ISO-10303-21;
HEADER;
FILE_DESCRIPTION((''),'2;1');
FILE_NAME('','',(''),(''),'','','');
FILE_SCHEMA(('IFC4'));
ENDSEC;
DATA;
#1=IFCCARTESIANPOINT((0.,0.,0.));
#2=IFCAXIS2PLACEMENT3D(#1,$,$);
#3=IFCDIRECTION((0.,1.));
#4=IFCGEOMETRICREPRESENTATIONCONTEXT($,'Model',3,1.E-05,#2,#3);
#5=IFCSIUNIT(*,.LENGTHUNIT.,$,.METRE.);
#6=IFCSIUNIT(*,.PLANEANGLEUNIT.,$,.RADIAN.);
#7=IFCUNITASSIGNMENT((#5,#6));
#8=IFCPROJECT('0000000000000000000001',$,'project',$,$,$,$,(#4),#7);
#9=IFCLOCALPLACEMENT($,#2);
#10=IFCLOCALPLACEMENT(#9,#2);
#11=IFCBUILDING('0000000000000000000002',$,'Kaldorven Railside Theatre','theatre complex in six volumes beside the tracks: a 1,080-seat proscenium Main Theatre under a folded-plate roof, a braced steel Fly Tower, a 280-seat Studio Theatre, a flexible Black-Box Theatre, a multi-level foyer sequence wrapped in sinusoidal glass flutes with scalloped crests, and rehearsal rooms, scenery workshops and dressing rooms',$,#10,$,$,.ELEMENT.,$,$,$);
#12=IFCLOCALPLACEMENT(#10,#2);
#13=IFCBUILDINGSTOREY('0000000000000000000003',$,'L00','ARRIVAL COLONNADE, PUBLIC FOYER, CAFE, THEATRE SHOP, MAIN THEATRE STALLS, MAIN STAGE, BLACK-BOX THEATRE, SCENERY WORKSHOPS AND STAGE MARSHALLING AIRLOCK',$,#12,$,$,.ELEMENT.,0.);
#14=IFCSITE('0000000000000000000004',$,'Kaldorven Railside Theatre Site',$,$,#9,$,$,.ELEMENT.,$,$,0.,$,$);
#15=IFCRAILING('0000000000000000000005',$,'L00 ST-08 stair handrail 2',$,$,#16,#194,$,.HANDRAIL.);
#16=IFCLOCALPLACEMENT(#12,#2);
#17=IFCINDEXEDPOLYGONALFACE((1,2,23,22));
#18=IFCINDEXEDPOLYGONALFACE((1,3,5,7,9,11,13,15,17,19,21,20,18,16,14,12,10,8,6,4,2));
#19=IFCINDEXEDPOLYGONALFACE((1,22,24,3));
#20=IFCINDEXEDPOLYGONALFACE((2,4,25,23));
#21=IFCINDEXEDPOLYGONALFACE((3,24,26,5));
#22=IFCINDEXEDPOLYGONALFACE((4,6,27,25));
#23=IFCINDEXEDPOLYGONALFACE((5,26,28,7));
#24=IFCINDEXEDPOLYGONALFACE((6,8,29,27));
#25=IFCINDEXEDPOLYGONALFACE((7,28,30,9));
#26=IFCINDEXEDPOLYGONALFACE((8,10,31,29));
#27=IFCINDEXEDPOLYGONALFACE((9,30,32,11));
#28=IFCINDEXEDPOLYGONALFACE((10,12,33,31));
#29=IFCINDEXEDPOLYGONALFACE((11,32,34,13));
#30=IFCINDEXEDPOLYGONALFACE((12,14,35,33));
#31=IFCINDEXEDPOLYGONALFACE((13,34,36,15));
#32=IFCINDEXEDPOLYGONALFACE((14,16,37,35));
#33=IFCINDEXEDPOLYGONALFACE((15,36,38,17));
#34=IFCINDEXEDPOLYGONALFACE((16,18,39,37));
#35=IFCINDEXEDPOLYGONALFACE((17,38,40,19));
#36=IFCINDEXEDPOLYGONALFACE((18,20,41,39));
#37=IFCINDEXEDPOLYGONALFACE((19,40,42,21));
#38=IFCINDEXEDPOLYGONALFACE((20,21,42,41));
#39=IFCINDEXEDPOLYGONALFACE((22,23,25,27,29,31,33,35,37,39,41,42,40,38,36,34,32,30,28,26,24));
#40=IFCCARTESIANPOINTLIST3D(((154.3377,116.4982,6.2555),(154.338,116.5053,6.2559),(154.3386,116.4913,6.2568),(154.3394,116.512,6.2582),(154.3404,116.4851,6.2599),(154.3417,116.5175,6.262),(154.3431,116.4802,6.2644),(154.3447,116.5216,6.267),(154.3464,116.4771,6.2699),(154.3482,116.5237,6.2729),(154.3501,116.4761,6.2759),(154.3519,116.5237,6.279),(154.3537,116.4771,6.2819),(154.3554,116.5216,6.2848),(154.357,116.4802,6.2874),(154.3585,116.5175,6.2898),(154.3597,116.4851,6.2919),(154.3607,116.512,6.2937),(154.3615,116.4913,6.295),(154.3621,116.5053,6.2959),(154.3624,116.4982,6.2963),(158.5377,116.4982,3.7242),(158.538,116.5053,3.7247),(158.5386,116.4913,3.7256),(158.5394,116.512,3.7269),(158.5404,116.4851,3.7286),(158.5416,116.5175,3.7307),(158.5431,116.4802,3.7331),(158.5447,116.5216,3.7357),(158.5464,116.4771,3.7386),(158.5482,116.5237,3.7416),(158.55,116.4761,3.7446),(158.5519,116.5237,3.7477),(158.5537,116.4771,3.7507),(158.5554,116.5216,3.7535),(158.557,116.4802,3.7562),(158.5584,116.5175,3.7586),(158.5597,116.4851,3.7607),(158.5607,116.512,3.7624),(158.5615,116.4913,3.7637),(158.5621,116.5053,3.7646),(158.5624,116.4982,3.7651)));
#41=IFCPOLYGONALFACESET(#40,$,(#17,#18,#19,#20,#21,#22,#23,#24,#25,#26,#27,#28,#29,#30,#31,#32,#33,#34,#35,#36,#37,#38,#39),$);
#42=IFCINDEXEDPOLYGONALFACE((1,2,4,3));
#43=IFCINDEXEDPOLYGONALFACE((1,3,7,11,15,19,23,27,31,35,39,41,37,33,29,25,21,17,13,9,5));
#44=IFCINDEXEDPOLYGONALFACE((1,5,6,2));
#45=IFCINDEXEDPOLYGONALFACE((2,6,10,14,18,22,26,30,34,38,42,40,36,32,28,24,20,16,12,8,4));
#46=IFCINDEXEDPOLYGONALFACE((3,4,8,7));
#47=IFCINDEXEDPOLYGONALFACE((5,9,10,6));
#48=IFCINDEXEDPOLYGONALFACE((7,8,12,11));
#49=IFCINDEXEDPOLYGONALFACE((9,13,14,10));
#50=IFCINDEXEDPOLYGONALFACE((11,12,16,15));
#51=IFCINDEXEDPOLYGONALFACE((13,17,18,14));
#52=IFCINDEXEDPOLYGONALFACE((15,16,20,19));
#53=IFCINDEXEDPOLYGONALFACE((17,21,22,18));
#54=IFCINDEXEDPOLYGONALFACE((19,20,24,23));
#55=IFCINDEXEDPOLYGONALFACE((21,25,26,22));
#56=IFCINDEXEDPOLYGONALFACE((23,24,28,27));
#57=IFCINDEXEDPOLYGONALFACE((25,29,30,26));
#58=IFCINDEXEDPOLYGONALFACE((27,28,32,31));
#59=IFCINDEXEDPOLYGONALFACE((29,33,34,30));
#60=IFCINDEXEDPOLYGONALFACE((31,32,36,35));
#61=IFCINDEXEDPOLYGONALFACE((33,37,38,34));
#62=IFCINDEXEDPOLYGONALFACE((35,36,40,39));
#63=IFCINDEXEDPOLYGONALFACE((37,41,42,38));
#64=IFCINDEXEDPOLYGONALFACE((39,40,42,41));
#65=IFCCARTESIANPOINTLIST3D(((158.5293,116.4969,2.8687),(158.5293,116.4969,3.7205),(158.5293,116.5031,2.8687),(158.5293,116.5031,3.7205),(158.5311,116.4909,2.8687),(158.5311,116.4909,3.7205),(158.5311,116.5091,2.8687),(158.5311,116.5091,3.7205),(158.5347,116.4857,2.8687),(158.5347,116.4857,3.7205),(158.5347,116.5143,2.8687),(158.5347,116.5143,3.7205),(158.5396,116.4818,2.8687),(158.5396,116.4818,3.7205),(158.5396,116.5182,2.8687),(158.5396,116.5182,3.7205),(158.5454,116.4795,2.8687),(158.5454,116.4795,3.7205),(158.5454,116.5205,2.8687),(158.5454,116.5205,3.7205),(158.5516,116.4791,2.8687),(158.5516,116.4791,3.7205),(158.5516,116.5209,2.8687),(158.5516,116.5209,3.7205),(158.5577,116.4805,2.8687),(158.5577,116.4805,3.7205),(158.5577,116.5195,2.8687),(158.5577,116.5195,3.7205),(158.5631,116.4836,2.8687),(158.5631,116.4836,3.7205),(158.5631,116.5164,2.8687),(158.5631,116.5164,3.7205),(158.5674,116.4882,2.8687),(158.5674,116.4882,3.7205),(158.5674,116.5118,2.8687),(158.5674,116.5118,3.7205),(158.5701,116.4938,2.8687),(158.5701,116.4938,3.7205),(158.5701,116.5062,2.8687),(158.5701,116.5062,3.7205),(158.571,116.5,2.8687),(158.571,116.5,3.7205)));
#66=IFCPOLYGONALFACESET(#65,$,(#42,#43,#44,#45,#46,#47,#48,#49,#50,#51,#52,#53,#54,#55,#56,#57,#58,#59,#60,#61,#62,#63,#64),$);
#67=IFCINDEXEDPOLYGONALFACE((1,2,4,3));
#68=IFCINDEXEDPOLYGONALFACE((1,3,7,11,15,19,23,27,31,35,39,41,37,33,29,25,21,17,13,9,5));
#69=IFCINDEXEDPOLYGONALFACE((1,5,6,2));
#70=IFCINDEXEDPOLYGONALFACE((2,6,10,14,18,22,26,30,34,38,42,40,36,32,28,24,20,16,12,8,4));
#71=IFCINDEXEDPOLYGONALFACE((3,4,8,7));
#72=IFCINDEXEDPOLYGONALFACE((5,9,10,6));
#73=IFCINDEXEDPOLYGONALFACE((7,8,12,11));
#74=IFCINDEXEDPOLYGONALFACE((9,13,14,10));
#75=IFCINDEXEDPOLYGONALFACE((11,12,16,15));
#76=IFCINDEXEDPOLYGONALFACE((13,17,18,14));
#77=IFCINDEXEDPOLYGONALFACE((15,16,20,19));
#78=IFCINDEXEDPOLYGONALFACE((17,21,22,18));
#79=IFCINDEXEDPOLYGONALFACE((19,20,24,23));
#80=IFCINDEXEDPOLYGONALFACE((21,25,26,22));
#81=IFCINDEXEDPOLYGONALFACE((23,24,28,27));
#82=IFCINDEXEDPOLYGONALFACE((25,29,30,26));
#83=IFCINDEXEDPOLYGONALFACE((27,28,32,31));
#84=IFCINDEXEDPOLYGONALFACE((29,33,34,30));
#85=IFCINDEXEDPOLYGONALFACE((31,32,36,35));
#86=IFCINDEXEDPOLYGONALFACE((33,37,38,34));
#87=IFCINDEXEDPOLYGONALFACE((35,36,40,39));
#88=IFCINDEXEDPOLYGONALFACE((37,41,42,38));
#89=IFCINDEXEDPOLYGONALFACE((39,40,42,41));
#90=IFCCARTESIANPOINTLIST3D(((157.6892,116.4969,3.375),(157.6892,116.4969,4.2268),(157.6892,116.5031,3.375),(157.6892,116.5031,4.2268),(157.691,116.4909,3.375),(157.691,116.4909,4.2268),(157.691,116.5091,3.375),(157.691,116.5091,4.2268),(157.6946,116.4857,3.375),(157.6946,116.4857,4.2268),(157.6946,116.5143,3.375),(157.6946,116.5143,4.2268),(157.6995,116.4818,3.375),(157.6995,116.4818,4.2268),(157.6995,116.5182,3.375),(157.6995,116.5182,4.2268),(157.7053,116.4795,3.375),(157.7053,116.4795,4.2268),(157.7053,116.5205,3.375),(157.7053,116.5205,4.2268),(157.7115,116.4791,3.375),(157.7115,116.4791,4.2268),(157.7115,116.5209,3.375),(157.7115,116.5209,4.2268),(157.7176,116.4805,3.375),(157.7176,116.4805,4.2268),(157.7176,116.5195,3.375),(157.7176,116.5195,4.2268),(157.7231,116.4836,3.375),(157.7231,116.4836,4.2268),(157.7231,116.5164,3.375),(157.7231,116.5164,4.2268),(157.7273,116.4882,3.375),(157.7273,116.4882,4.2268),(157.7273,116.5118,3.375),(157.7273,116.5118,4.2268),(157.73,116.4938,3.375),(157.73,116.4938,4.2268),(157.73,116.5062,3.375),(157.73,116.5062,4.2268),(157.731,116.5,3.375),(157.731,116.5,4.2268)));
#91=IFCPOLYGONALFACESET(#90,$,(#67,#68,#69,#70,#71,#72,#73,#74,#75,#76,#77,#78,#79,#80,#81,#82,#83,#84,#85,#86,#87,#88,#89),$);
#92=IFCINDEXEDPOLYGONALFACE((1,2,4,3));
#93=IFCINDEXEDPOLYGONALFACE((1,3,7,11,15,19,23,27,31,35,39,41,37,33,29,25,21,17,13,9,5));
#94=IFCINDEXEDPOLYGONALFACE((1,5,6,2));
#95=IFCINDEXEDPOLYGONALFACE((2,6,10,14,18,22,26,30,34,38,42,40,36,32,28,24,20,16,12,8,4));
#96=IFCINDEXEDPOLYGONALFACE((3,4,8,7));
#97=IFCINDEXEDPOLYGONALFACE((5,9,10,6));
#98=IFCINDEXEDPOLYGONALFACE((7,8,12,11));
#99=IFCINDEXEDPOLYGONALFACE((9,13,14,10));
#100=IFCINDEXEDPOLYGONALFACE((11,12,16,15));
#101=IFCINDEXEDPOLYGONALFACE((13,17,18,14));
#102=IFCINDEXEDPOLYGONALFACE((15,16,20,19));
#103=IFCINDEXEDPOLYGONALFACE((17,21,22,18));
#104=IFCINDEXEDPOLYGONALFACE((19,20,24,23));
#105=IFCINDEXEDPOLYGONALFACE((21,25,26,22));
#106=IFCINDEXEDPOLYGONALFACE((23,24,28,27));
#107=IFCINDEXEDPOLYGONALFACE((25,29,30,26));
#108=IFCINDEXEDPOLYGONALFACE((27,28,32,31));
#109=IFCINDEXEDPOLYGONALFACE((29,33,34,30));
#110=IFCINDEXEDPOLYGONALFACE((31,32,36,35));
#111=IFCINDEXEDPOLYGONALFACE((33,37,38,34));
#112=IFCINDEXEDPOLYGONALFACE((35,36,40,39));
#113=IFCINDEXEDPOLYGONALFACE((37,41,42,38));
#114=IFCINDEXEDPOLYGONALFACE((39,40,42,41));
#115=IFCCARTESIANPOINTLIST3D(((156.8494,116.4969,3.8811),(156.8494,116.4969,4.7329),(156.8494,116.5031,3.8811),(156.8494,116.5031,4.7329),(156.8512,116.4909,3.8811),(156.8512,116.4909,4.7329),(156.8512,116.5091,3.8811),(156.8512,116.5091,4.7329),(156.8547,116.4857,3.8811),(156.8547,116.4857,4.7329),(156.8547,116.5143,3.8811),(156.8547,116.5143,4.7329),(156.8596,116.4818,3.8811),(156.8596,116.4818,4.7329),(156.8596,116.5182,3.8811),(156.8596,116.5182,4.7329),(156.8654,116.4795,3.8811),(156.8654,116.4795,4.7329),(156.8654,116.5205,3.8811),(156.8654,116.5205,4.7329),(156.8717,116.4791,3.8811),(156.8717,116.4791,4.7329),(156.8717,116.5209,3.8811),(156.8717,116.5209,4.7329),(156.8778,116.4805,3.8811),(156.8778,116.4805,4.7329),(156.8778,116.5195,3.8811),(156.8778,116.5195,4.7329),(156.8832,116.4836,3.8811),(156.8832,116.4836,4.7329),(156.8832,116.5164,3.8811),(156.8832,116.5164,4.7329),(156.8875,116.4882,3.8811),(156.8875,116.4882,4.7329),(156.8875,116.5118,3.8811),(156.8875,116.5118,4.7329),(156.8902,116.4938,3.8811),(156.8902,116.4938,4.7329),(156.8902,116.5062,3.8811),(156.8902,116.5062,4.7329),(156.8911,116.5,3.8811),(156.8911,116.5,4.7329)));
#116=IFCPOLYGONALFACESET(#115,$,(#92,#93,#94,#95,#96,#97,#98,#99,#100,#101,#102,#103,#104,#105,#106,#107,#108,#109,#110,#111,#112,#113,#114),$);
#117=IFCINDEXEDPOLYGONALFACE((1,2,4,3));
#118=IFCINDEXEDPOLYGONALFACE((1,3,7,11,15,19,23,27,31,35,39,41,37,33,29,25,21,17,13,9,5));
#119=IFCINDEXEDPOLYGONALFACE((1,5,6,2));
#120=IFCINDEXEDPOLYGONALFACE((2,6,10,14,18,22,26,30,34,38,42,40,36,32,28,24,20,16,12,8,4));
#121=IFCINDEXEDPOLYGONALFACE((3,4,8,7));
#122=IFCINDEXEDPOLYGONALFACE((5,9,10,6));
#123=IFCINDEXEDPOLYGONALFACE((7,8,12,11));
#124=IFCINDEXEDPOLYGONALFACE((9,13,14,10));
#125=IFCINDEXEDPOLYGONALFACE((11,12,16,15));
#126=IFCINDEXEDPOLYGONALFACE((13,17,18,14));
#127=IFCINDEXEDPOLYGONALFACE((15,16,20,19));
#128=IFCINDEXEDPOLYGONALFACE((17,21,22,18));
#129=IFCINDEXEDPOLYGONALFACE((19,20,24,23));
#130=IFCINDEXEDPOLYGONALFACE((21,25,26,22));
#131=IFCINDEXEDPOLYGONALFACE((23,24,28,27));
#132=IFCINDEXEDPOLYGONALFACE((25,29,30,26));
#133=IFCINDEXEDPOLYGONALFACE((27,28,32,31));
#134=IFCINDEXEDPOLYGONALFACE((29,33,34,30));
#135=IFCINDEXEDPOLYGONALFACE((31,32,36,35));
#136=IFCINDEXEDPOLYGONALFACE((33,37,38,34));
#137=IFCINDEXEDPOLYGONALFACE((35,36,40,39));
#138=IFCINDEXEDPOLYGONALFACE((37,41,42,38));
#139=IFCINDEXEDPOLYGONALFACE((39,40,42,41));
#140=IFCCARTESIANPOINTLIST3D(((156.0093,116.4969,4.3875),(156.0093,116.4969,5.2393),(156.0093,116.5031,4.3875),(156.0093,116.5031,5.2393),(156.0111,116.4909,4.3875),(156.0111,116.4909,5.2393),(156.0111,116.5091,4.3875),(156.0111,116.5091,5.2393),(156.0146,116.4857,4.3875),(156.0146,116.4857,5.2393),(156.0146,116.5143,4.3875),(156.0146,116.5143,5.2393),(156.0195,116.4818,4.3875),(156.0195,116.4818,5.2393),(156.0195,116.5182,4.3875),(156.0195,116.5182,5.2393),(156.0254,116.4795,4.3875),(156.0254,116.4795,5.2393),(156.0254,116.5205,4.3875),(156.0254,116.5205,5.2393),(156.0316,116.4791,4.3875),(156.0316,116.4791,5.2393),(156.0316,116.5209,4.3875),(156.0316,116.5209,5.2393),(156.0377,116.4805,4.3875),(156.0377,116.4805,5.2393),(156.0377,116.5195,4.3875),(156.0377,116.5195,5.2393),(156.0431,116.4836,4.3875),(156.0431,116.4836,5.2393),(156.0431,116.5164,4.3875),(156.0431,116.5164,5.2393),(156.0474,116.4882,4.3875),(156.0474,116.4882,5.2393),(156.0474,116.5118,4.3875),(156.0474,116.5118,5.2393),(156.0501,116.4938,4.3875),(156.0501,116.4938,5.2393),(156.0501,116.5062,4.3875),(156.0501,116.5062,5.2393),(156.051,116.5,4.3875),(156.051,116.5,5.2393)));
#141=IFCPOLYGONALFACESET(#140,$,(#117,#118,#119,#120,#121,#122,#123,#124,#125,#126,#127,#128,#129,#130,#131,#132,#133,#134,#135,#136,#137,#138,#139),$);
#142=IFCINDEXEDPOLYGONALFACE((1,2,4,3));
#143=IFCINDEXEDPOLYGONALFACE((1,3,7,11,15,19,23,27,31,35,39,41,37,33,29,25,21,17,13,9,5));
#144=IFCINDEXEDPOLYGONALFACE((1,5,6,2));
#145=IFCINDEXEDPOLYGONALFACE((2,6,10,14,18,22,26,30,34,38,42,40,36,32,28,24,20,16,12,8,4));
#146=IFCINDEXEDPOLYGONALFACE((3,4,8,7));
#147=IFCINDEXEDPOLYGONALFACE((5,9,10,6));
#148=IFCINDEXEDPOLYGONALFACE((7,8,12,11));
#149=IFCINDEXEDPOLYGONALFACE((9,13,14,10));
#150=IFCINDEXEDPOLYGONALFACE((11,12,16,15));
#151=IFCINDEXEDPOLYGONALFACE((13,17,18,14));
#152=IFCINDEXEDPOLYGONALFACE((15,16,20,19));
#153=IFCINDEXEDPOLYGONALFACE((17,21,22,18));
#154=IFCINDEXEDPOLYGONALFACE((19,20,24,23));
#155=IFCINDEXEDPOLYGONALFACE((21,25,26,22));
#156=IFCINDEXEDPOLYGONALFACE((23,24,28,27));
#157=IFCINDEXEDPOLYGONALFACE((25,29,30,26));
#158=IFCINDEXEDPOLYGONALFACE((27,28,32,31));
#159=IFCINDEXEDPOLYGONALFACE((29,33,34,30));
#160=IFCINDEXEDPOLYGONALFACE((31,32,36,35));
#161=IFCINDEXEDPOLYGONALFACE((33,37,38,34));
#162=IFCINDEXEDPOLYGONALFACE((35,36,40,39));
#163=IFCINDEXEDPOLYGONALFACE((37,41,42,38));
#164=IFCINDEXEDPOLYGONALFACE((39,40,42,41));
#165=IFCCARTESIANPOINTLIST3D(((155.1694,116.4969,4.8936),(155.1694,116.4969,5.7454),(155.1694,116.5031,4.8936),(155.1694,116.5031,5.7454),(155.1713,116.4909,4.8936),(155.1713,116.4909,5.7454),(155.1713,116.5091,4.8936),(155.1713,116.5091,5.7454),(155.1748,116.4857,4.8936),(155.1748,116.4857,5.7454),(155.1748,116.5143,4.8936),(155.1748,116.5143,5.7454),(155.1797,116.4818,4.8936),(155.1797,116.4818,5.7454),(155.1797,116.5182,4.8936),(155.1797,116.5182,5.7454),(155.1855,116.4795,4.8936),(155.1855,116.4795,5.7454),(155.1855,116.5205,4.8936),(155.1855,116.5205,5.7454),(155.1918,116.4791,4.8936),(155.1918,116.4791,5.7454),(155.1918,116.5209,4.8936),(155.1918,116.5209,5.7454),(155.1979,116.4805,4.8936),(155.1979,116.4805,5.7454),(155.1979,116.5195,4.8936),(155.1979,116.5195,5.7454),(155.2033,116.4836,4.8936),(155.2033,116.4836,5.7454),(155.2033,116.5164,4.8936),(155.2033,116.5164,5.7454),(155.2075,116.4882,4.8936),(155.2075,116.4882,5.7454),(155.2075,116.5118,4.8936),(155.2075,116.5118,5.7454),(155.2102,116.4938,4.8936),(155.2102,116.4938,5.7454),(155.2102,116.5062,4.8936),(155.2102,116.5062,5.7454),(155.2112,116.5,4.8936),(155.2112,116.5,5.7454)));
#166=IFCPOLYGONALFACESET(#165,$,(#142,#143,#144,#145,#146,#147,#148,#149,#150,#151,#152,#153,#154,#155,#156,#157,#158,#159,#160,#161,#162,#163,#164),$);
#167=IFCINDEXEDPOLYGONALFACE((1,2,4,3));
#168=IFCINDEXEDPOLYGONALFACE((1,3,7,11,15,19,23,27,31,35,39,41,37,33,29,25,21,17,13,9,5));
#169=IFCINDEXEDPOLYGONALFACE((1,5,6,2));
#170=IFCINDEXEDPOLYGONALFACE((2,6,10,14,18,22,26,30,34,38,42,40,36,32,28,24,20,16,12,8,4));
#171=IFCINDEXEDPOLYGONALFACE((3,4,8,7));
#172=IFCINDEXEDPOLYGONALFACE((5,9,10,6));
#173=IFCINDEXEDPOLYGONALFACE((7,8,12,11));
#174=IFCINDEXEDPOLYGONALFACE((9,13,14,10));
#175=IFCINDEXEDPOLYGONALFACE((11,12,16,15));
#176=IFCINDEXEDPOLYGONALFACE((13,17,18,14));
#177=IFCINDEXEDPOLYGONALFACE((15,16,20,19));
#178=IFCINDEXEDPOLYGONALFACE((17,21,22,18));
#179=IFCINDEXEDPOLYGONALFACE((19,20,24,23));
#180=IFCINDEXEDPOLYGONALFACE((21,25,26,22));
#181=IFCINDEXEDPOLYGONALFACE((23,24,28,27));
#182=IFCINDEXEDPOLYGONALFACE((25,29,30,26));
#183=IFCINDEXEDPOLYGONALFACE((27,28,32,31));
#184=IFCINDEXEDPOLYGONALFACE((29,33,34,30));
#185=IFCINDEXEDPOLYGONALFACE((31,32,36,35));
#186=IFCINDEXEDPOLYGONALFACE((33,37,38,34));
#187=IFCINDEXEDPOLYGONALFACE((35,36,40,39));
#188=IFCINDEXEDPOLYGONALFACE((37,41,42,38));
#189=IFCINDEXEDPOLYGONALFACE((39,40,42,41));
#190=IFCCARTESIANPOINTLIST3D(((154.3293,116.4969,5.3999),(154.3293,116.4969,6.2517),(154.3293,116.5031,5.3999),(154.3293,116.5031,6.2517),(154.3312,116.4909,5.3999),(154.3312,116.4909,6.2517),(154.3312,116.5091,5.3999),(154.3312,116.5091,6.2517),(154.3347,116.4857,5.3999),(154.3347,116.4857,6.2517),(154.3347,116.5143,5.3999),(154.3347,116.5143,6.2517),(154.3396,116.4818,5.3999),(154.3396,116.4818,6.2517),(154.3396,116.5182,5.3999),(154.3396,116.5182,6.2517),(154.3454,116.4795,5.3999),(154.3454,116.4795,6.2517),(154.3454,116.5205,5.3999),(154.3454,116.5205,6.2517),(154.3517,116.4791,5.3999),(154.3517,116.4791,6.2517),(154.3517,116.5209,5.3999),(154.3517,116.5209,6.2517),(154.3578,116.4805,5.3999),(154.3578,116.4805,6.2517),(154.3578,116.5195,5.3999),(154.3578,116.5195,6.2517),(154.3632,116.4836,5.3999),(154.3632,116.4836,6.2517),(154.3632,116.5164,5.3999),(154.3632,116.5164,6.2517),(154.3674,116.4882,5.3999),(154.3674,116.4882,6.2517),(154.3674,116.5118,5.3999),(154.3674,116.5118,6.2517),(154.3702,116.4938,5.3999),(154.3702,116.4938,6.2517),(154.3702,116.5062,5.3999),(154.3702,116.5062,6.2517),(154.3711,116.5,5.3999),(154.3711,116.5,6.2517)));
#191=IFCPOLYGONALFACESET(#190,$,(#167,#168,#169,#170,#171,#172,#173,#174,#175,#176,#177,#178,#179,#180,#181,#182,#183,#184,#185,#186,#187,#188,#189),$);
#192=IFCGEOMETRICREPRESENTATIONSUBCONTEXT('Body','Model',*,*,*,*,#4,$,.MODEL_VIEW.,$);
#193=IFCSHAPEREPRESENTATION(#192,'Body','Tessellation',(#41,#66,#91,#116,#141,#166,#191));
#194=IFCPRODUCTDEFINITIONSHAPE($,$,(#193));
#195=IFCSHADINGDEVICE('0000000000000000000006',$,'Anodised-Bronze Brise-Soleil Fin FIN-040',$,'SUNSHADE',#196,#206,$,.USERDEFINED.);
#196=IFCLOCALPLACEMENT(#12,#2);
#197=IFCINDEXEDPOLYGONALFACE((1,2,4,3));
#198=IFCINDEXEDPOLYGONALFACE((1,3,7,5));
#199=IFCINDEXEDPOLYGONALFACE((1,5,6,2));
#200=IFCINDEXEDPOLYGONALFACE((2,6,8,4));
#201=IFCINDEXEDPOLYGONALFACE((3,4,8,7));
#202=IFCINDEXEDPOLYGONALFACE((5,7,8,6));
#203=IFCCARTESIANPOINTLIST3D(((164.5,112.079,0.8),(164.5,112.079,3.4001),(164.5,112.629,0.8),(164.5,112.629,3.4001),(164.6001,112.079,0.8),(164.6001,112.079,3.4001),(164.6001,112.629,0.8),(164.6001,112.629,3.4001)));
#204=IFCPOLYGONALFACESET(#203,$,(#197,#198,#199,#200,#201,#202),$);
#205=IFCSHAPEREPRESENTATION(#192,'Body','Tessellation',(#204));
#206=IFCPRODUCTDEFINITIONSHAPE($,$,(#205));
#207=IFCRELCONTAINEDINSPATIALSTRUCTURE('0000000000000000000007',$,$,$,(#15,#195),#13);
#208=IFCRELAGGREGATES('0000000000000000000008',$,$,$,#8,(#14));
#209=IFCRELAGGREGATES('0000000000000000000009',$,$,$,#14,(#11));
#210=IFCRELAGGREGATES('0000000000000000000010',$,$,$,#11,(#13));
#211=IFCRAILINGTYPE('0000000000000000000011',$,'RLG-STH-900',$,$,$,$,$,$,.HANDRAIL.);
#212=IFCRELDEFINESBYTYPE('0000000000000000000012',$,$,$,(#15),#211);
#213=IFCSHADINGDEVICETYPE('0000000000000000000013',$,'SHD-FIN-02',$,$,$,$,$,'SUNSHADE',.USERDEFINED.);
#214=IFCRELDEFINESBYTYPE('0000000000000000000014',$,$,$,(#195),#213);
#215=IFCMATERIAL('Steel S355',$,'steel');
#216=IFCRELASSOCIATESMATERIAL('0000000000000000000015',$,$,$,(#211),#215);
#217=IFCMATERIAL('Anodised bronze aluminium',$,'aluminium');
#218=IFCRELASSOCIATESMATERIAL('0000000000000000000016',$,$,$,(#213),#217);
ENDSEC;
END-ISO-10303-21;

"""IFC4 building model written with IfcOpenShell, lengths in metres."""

from ifc_helpers import new_model, si_unit, direction, frame, origin, origin_2d, place, context, subcontext, project, spatial, rectangle, circle, extrude, material, type_object, element, save


model = new_model("IFC4")

# Units and contexts
model_context = context("Model", 3, precision=1e-05, world=origin(), true_north=direction((0.0, 1.0)))
body_context = subcontext(model_context, "Body", "Model", "MODEL_VIEW")
ifc_project = project(units=[si_unit("LENGTHUNIT", "METRE"), si_unit("PLANEANGLEUNIT", "RADIAN")], contexts=[model_context])

# Site, building, storey
site_placement = place(None, origin())
site = spatial("IfcSite", under=ifc_project, at=site_placement, Name="Kaldorven Railside Theatre Site", CompositionType="ELEMENT", RefElevation=0.0)
building_placement = place(site_placement, origin())
building = spatial("IfcBuilding", under=site, at=building_placement, Name="Kaldorven Railside Theatre", Description="theatre complex in six volumes beside the tracks: a 1,080-seat proscenium Main Theatre under a folded-plate roof, a braced steel Fly Tower, a 280-seat Studio Theatre, a flexible Black-Box Theatre, a multi-level foyer sequence wrapped in sinusoidal glass flutes with scalloped crests, and rehearsal rooms, scenery workshops and dressing rooms", CompositionType="ELEMENT")
storey_placement = place(building_placement, origin())
storey = spatial("IfcBuildingStorey", under=building, at=storey_placement, Name="L00", Description="ARRIVAL COLONNADE, PUBLIC FOYER, CAFE, THEATRE SHOP, MAIN THEATRE STALLS, MAIN STAGE, BLACK-BOX THEATRE, SCENERY WORKSHOPS AND STAGE MARSHALLING AIRLOCK", CompositionType="ELEMENT", Elevation=0.0)

# Railing
ifc_material_1 = material(Name="Steel S355", Category="steel")
railing_type_1 = type_object("IfcRailingType", Name="RLG-STH-900", PredefinedType="HANDRAIL", material=ifc_material_1)
railing_1_placement = place(storey_placement, frame((158.55, 116.5, 2.8687)))
element("IfcRailing", 1, at=railing_1_placement, inside=storey, type_object=railing_type_1, Name="L00 ST-08 stair handrail 2", PredefinedType="HANDRAIL", context=body_context, shape_type="SweptSolid", body=[
    extrude(circle(Radius=0.0239, at=origin_2d()), frame((0.0, 0.0, 0.876), z_axis=(-0.856476, 0.0, 0.516186), x_axis=(0.0, -1.0, 0.0)), (0.0, 0.0, 1.0), 4.9038),
    extrude(circle(Radius=0.021, at=origin_2d()), origin(), (0.0, 0.0, 1.0), 0.8518),
    extrude(circle(Radius=0.021, at=origin_2d()), frame((-0.8401, 0.0, 0.5063)), (0.0, 0.0, 1.0), 0.8518),
    extrude(circle(Radius=0.021, at=origin_2d()), frame((-1.6799, 0.0, 1.0125)), (0.0, 0.0, 1.0), 0.8518),
    extrude(circle(Radius=0.021, at=origin_2d()), frame((-2.52, 0.0, 1.5188)), (0.0, 0.0, 1.0), 0.8518),
    extrude(circle(Radius=0.021, at=origin_2d()), frame((-3.3599, 0.0, 2.0249)), (0.0, 0.0, 1.0), 0.8518),
    extrude(circle(Radius=0.021, at=origin_2d()), frame((-4.2, 0.0, 2.5312)), (0.0, 0.0, 1.0), 0.8518),
])

# Shading device
ifc_material_2 = material(Name="Anodised bronze aluminium", Category="aluminium")
shading_device_type = type_object("IfcShadingDeviceType", Name="SHD-FIN-02", ElementType="SUNSHADE", PredefinedType="USERDEFINED", material=ifc_material_2)
shading_device_placement = place(storey_placement, frame((164.55, 112.354, 0.8), z_axis=(0.0, 0.0, 1.0), x_axis=(-1.0, 0.0, 0.0)))
element("IfcShadingDevice", 2, at=shading_device_placement, inside=storey, type_object=shading_device_type, Name="Anodised-Bronze Brise-Soleil Fin FIN-040", ObjectType="SUNSHADE", PredefinedType="USERDEFINED", context=body_context, shape_type="SweptSolid", body=[
    extrude(rectangle(XDim=0.1001, YDim=0.55, at=origin_2d()), origin(), (0.0, 0.0, 1.0), 2.6001),
])

save(model, "model.ifc")
